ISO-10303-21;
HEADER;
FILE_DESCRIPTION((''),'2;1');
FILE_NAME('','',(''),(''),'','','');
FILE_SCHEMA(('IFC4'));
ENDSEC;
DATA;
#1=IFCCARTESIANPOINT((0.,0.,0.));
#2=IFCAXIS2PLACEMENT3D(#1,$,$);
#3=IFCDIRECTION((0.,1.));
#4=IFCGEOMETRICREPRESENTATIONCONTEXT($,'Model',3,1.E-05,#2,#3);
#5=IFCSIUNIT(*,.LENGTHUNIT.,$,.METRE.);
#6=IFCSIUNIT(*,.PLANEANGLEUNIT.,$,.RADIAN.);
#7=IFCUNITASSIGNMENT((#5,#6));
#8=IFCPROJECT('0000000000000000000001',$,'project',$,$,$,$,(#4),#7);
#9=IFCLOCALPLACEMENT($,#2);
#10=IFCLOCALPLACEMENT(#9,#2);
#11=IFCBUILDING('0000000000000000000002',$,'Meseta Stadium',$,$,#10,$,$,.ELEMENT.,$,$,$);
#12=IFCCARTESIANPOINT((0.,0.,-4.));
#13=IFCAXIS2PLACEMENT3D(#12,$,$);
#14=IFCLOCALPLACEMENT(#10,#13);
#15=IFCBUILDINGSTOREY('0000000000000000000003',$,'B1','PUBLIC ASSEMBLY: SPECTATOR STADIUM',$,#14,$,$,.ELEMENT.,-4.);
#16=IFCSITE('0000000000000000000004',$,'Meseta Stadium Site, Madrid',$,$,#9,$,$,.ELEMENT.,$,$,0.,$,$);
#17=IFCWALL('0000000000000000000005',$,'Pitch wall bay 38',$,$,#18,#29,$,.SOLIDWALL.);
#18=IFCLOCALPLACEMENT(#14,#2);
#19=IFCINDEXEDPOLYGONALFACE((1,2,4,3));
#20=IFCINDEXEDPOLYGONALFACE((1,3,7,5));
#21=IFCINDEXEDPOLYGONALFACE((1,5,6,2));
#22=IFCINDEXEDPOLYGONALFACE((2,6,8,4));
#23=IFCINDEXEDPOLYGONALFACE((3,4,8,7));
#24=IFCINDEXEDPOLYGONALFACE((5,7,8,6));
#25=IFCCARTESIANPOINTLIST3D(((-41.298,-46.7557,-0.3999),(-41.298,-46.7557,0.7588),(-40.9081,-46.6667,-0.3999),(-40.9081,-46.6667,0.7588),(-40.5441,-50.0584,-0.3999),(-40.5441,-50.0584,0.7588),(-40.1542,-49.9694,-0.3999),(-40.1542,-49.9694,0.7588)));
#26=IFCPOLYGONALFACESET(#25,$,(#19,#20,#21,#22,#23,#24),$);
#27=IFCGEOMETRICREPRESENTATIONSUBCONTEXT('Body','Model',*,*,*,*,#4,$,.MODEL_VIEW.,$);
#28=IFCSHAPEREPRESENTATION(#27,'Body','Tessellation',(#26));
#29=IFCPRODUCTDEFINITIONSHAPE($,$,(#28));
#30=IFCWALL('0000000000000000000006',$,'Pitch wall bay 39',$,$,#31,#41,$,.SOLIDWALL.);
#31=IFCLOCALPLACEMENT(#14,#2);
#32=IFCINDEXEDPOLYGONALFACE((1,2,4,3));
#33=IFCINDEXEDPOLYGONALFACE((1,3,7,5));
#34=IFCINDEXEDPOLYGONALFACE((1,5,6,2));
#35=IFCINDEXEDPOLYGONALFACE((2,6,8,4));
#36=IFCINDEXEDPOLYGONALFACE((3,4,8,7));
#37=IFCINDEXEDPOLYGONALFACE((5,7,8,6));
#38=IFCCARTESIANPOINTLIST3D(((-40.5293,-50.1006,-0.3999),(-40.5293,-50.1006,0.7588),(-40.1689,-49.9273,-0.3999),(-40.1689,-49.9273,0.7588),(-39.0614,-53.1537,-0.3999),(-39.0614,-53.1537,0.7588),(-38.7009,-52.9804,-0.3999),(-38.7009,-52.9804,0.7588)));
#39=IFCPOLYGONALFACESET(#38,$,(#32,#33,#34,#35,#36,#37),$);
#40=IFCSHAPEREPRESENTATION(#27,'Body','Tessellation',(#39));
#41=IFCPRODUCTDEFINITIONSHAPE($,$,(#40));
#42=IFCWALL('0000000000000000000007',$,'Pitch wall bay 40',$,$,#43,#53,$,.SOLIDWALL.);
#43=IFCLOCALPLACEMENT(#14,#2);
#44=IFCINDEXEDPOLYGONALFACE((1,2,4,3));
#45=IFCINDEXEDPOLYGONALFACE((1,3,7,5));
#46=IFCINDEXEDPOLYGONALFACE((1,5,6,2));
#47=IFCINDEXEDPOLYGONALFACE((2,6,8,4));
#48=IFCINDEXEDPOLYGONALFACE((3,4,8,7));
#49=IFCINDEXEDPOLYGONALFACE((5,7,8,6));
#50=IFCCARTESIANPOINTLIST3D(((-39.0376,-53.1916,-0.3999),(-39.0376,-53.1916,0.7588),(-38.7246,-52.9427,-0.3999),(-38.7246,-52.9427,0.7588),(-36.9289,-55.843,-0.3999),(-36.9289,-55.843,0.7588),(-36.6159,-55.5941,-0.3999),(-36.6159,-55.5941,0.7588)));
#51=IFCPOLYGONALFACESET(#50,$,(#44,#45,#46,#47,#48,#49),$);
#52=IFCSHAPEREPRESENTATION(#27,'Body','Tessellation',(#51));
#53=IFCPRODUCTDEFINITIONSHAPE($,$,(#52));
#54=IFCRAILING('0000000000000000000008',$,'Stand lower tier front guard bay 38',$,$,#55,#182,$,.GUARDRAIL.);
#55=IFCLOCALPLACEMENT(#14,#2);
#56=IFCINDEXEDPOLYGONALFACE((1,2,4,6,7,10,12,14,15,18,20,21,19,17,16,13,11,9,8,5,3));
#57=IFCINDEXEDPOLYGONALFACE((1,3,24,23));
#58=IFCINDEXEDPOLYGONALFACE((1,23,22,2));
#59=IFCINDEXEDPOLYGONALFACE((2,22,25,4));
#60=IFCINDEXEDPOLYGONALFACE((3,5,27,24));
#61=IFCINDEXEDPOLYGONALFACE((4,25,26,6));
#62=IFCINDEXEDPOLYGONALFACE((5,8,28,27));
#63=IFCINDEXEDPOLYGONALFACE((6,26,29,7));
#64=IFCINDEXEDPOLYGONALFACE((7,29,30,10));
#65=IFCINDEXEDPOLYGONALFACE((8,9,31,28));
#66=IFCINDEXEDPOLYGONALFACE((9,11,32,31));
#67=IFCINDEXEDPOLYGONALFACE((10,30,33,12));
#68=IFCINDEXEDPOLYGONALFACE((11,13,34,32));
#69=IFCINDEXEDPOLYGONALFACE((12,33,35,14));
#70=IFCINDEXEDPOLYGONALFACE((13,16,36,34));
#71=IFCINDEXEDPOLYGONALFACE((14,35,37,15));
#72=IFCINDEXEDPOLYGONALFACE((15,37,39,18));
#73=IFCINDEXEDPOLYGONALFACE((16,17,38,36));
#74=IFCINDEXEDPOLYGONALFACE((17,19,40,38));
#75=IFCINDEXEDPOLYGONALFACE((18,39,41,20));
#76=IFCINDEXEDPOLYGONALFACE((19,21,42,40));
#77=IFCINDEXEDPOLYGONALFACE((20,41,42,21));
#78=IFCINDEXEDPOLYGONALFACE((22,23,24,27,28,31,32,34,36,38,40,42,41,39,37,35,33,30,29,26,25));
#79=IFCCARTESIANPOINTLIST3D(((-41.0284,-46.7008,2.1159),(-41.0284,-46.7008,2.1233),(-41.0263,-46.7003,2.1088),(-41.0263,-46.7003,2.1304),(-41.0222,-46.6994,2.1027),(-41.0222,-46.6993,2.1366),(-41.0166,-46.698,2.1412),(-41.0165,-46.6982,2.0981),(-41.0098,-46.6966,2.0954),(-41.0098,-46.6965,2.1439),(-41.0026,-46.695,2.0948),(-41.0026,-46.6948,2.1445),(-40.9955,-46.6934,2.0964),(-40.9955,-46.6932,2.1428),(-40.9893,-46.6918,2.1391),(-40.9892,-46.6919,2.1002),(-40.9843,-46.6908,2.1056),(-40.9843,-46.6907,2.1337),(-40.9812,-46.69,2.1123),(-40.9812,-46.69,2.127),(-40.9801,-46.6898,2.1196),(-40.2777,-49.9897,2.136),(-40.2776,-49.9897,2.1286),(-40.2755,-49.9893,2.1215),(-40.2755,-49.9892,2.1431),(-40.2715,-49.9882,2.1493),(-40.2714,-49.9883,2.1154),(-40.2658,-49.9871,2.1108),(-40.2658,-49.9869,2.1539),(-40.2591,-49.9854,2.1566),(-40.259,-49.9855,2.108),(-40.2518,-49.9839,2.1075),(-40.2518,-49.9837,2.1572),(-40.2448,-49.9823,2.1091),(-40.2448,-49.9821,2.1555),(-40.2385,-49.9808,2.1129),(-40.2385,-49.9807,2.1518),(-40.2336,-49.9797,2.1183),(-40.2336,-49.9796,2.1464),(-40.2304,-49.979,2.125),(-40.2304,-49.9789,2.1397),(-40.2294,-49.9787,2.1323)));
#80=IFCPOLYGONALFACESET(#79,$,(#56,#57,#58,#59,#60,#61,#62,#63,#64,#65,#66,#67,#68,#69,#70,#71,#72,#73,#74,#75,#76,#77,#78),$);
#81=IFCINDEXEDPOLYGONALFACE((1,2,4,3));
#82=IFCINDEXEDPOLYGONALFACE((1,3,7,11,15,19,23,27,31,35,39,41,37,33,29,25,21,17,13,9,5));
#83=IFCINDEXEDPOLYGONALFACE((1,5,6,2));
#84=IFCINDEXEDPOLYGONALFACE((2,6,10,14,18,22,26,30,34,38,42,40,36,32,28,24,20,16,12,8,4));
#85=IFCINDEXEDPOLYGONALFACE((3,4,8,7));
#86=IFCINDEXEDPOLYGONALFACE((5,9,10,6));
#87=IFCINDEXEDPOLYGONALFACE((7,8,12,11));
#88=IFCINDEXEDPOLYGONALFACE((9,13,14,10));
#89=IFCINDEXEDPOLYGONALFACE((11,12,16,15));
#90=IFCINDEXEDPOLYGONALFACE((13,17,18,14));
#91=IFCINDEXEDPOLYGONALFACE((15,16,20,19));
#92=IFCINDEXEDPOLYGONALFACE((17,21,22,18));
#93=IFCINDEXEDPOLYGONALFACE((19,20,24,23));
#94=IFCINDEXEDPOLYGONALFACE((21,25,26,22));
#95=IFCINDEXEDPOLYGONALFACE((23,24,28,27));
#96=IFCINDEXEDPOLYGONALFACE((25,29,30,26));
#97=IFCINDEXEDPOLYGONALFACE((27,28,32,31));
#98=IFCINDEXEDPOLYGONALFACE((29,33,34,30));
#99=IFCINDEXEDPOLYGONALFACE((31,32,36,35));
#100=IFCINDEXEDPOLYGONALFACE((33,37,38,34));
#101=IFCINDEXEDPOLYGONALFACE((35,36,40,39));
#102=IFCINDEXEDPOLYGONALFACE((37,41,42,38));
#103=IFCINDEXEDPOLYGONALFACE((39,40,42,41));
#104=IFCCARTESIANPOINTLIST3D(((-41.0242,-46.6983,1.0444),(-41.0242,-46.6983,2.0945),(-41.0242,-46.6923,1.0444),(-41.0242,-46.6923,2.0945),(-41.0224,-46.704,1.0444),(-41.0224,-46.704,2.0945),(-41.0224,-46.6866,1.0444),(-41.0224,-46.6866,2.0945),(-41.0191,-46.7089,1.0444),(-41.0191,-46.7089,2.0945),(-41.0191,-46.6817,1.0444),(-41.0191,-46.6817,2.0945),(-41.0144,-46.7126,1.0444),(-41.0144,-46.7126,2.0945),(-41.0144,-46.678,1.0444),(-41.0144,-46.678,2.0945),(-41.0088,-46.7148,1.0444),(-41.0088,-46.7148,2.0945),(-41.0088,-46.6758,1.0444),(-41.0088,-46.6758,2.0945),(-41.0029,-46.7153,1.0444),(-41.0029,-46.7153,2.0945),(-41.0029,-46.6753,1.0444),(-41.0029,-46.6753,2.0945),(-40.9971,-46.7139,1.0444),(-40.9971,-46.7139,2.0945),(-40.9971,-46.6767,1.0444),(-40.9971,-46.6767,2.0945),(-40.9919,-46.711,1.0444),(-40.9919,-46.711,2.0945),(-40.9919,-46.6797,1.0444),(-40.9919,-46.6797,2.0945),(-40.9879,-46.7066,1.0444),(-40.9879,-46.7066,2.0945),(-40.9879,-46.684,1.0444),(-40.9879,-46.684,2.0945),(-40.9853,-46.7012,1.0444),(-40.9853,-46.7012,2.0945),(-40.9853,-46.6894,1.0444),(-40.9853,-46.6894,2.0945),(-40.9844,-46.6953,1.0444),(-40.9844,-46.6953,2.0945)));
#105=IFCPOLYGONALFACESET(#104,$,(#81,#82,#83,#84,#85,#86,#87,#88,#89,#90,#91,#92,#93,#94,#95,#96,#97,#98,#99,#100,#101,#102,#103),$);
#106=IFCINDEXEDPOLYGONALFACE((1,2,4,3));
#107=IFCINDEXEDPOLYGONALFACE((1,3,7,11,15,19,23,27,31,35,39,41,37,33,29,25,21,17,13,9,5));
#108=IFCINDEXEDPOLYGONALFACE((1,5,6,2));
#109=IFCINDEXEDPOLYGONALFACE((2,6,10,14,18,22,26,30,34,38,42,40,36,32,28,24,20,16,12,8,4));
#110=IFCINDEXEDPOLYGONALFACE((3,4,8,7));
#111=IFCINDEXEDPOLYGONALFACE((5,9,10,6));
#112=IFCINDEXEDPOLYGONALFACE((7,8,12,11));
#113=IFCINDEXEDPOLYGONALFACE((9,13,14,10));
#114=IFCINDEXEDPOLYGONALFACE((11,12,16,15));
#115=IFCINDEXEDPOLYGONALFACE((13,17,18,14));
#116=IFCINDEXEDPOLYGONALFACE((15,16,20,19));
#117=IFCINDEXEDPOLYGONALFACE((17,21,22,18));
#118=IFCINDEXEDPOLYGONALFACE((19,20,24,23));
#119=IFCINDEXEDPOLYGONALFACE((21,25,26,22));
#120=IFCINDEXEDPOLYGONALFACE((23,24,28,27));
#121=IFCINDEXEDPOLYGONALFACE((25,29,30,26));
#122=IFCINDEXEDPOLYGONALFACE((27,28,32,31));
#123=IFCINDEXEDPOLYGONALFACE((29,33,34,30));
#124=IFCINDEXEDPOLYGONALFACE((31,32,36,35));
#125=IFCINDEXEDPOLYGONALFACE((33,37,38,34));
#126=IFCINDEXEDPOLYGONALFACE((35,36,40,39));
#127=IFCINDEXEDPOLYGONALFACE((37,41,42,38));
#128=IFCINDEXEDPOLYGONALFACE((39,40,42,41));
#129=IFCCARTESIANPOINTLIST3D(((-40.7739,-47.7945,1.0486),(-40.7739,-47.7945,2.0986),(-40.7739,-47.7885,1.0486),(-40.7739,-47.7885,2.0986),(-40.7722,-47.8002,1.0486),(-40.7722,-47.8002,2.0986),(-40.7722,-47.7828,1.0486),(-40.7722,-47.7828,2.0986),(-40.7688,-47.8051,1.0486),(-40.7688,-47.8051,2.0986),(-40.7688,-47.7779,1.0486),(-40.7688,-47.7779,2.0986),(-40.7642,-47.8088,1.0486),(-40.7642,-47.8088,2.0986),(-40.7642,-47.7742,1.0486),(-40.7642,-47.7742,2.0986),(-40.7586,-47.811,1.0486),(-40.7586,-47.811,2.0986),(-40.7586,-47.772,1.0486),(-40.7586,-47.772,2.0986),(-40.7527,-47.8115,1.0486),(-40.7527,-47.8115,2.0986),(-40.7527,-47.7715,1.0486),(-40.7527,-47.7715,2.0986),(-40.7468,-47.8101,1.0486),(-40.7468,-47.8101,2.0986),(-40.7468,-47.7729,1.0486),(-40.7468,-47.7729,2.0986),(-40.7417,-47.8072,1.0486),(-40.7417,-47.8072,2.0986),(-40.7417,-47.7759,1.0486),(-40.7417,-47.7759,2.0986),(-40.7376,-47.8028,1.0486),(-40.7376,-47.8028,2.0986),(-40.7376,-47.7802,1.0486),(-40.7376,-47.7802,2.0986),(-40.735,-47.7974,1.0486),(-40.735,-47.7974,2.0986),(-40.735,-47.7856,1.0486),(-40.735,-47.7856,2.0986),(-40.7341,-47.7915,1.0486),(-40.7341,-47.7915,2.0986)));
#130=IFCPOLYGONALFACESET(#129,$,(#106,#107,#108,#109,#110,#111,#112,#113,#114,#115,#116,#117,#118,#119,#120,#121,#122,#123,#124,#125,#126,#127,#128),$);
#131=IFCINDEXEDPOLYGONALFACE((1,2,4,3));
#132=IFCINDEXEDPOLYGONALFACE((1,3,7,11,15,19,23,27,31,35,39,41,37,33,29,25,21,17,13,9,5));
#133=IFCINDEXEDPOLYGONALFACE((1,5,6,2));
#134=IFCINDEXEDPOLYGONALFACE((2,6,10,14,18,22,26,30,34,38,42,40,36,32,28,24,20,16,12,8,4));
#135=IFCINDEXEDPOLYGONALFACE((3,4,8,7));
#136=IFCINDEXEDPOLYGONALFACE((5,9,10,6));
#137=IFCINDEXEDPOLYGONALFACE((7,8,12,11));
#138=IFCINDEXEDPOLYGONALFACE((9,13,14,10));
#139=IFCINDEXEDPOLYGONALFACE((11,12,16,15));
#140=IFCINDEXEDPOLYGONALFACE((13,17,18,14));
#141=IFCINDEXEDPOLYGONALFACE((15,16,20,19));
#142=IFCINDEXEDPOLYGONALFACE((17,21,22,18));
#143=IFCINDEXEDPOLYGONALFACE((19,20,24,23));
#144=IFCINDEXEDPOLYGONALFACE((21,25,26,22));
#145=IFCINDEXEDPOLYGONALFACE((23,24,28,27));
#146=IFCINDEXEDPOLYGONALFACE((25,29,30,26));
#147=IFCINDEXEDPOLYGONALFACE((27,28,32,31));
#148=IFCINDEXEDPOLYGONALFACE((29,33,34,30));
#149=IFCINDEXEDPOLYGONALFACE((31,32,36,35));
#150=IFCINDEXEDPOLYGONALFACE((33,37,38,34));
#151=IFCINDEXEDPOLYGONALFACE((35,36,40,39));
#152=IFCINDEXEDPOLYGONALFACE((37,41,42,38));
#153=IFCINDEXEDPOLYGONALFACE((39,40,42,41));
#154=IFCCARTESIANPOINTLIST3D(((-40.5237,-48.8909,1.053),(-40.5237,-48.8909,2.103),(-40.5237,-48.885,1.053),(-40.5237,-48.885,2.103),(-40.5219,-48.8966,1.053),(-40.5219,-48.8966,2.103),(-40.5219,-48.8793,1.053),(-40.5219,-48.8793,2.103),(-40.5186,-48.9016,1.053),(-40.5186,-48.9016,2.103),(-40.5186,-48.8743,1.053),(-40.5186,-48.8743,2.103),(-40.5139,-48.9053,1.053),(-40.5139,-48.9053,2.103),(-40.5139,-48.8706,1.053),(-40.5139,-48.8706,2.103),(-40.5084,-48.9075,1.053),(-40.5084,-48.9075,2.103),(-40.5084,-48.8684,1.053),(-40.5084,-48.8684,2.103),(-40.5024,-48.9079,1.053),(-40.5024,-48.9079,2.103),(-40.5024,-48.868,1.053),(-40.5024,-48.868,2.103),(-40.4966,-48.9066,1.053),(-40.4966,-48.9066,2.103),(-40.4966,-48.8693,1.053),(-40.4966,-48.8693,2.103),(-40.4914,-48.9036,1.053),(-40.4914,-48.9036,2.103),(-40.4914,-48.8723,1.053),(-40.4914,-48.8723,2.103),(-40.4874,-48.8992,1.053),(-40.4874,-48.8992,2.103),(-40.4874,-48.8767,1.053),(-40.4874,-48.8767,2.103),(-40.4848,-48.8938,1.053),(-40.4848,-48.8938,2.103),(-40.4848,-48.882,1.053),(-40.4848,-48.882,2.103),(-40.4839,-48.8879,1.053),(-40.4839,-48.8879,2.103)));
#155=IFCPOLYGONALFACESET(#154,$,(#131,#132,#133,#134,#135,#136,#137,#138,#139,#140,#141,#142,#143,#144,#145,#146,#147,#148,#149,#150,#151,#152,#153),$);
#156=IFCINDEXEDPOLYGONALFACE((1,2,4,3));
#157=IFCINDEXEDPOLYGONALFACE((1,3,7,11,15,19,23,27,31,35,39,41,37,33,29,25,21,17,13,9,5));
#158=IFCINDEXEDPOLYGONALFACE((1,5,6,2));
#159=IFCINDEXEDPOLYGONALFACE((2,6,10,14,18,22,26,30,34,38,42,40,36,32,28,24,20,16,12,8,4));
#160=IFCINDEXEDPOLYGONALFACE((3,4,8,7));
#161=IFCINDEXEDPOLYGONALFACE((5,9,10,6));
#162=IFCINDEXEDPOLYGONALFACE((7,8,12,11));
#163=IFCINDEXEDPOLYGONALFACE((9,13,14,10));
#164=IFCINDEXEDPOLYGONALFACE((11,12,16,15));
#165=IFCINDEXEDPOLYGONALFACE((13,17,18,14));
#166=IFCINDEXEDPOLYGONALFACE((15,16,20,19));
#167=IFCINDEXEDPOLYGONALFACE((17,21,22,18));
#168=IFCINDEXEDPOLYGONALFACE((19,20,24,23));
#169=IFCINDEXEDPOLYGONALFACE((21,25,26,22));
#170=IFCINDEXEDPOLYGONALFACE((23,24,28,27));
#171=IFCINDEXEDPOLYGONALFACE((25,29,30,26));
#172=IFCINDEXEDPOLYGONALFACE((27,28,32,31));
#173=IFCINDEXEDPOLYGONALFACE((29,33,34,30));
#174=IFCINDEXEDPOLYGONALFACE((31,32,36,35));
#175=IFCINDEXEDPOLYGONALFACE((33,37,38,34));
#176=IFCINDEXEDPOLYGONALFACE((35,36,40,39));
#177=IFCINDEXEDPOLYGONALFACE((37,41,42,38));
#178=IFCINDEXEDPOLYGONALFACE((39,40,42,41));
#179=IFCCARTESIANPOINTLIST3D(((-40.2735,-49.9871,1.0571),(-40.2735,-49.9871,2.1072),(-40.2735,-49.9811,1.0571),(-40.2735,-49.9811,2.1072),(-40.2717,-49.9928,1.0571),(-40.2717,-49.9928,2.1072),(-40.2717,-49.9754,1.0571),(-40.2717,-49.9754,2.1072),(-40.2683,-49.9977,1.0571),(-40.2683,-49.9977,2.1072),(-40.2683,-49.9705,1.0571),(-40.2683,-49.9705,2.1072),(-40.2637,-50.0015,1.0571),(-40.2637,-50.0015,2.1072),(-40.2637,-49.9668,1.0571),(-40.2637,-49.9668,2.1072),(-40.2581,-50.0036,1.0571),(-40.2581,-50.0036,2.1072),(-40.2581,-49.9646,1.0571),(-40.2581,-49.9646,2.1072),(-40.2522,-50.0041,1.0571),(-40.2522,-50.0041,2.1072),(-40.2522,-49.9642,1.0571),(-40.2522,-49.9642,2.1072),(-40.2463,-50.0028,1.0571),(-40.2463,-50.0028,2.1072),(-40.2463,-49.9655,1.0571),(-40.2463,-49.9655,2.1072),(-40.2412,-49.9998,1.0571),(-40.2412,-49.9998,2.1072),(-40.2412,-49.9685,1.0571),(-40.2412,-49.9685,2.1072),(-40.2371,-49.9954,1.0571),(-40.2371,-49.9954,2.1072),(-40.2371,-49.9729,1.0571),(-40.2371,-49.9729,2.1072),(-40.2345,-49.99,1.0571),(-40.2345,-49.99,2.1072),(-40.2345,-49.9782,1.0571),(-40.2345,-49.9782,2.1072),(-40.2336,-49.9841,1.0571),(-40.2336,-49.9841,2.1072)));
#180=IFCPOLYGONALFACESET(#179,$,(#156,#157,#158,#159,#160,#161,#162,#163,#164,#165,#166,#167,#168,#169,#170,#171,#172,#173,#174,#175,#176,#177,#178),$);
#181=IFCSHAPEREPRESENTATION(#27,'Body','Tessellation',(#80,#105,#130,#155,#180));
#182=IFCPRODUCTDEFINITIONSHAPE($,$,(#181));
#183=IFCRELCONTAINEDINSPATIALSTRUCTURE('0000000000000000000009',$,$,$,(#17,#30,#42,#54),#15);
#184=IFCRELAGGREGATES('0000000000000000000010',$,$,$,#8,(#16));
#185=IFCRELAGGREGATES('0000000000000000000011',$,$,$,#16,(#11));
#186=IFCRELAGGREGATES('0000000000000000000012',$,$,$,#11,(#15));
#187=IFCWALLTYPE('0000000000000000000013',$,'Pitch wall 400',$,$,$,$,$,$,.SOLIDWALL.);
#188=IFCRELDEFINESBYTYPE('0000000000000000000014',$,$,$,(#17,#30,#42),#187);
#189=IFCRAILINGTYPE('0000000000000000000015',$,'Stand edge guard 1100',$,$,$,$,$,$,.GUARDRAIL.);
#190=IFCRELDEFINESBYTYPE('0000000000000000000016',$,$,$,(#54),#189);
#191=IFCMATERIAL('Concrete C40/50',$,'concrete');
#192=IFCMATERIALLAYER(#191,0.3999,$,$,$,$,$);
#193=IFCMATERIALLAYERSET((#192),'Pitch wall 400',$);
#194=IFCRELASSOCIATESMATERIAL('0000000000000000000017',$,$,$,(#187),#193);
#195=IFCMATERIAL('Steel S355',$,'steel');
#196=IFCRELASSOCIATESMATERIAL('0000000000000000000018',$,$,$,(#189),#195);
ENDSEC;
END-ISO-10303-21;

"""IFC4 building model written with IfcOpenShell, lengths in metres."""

from ifc_helpers import new_model, si_unit, direction, frame, frame_2d, origin, origin_2d, place, context, subcontext, project, spatial, rectangle, circle, extrude, material, layer, layer_set, type_object, element, save


model = new_model("IFC4")

# Units and contexts
model_context = context("Model", 3, precision=1e-05, world=origin(), true_north=direction((0.0, 1.0)))
body_context = subcontext(model_context, "Body", "Model", "MODEL_VIEW")
ifc_project = project(units=[si_unit("LENGTHUNIT", "METRE"), si_unit("PLANEANGLEUNIT", "RADIAN")], contexts=[model_context])

# Site, building, storey
site_placement = place(None, origin())
site = spatial("IfcSite", under=ifc_project, at=site_placement, Name="Meseta Stadium Site, Madrid", CompositionType="ELEMENT", RefElevation=0.0)
building_placement = place(site_placement, origin())
building = spatial("IfcBuilding", under=site, at=building_placement, Name="Meseta Stadium", CompositionType="ELEMENT")
storey_placement = place(building_placement, frame((0.0, 0.0, -4.0)))
storey = spatial("IfcBuildingStorey", under=building, at=storey_placement, Name="B1", Description="PUBLIC ASSEMBLY: SPECTATOR STADIUM", CompositionType="ELEMENT", Elevation=-4.0)

# Walls
ifc_material_1 = material(Name="Concrete C40/50", Category="concrete")
ifc_layer_1 = layer(ifc_material_1, 0.3999)
ifc_layer_set_1 = layer_set([ifc_layer_1], Name="Pitch wall 400")
wall_type_1 = type_object("IfcWallType", Name="Pitch wall 400", PredefinedType="SOLIDWALL", material=ifc_layer_set_1)
for number, where, z_axis, x_axis, name in (
    (1, (-41.103, -46.7112, -0.3999), (0.0, 0.0, 1.0), (0.222543, -0.974923, 0.0), "Pitch wall bay 38"),
    (2, (-40.3491, -50.0139, -0.3999), (0.0, 0.0, 1.0), (0.433324, -0.901238, 0.0), "Pitch wall bay 39"),
    (3, (-38.8811, -53.0671, -0.3999), (0.0, 0.0, 1.0), (0.622451, -0.782659, 0.0), "Pitch wall bay 40"),
):
    element("IfcWall", number, at=place(storey_placement, frame(where, z_axis=z_axis, x_axis=x_axis)), inside=storey, type_object=wall_type_1, Name=name, PredefinedType="SOLIDWALL", context=body_context, shape_type="SweptSolid", body=[
        extrude(rectangle(XDim=3.3877, YDim=0.3999, at=frame_2d((1.6938, 0.0))), origin(), (0.0, 0.0, 1.0), 1.1587),
    ])

# Railing
ifc_material_2 = material(Name="Steel S355", Category="steel")
railing_type = type_object("IfcRailingType", Name="Stand edge guard 1100", PredefinedType="GUARDRAIL", material=ifc_material_2)
railing_1_placement = place(storey_placement, frame((-41.0044, -46.6953, 1.0444)))
element("IfcRailing", 4, at=railing_1_placement, inside=storey, type_object=railing_type, Name="Stand lower tier front guard bay 38", PredefinedType="GUARDRAIL", context=body_context, shape_type="SweptSolid", body=[
    extrude(circle(Radius=0.0249, at=origin_2d()), frame((0.0, 0.0, 1.0752), z_axis=(0.222542, -0.974916, 0.003763), x_axis=(0.974923, 0.222544, 0.0)), (0.0, 0.0, 1.0), 3.3735),
    extrude(circle(Radius=0.02, at=origin_2d()), origin(), (0.0, 0.0, 1.0), 1.05),
    extrude(circle(Radius=0.02, at=origin_2d()), frame((0.2502, -1.0962, 0.0042)), (0.0, 0.0, 1.0), 1.05),
    extrude(circle(Radius=0.02, at=origin_2d()), frame((0.5005, -2.1926, 0.0085)), (0.0, 0.0, 1.0), 1.05),
    extrude(circle(Radius=0.02, at=origin_2d()), frame((0.7507, -3.2888, 0.0127)), (0.0, 0.0, 1.0), 1.05),
])

save(model, "model.ifc")
